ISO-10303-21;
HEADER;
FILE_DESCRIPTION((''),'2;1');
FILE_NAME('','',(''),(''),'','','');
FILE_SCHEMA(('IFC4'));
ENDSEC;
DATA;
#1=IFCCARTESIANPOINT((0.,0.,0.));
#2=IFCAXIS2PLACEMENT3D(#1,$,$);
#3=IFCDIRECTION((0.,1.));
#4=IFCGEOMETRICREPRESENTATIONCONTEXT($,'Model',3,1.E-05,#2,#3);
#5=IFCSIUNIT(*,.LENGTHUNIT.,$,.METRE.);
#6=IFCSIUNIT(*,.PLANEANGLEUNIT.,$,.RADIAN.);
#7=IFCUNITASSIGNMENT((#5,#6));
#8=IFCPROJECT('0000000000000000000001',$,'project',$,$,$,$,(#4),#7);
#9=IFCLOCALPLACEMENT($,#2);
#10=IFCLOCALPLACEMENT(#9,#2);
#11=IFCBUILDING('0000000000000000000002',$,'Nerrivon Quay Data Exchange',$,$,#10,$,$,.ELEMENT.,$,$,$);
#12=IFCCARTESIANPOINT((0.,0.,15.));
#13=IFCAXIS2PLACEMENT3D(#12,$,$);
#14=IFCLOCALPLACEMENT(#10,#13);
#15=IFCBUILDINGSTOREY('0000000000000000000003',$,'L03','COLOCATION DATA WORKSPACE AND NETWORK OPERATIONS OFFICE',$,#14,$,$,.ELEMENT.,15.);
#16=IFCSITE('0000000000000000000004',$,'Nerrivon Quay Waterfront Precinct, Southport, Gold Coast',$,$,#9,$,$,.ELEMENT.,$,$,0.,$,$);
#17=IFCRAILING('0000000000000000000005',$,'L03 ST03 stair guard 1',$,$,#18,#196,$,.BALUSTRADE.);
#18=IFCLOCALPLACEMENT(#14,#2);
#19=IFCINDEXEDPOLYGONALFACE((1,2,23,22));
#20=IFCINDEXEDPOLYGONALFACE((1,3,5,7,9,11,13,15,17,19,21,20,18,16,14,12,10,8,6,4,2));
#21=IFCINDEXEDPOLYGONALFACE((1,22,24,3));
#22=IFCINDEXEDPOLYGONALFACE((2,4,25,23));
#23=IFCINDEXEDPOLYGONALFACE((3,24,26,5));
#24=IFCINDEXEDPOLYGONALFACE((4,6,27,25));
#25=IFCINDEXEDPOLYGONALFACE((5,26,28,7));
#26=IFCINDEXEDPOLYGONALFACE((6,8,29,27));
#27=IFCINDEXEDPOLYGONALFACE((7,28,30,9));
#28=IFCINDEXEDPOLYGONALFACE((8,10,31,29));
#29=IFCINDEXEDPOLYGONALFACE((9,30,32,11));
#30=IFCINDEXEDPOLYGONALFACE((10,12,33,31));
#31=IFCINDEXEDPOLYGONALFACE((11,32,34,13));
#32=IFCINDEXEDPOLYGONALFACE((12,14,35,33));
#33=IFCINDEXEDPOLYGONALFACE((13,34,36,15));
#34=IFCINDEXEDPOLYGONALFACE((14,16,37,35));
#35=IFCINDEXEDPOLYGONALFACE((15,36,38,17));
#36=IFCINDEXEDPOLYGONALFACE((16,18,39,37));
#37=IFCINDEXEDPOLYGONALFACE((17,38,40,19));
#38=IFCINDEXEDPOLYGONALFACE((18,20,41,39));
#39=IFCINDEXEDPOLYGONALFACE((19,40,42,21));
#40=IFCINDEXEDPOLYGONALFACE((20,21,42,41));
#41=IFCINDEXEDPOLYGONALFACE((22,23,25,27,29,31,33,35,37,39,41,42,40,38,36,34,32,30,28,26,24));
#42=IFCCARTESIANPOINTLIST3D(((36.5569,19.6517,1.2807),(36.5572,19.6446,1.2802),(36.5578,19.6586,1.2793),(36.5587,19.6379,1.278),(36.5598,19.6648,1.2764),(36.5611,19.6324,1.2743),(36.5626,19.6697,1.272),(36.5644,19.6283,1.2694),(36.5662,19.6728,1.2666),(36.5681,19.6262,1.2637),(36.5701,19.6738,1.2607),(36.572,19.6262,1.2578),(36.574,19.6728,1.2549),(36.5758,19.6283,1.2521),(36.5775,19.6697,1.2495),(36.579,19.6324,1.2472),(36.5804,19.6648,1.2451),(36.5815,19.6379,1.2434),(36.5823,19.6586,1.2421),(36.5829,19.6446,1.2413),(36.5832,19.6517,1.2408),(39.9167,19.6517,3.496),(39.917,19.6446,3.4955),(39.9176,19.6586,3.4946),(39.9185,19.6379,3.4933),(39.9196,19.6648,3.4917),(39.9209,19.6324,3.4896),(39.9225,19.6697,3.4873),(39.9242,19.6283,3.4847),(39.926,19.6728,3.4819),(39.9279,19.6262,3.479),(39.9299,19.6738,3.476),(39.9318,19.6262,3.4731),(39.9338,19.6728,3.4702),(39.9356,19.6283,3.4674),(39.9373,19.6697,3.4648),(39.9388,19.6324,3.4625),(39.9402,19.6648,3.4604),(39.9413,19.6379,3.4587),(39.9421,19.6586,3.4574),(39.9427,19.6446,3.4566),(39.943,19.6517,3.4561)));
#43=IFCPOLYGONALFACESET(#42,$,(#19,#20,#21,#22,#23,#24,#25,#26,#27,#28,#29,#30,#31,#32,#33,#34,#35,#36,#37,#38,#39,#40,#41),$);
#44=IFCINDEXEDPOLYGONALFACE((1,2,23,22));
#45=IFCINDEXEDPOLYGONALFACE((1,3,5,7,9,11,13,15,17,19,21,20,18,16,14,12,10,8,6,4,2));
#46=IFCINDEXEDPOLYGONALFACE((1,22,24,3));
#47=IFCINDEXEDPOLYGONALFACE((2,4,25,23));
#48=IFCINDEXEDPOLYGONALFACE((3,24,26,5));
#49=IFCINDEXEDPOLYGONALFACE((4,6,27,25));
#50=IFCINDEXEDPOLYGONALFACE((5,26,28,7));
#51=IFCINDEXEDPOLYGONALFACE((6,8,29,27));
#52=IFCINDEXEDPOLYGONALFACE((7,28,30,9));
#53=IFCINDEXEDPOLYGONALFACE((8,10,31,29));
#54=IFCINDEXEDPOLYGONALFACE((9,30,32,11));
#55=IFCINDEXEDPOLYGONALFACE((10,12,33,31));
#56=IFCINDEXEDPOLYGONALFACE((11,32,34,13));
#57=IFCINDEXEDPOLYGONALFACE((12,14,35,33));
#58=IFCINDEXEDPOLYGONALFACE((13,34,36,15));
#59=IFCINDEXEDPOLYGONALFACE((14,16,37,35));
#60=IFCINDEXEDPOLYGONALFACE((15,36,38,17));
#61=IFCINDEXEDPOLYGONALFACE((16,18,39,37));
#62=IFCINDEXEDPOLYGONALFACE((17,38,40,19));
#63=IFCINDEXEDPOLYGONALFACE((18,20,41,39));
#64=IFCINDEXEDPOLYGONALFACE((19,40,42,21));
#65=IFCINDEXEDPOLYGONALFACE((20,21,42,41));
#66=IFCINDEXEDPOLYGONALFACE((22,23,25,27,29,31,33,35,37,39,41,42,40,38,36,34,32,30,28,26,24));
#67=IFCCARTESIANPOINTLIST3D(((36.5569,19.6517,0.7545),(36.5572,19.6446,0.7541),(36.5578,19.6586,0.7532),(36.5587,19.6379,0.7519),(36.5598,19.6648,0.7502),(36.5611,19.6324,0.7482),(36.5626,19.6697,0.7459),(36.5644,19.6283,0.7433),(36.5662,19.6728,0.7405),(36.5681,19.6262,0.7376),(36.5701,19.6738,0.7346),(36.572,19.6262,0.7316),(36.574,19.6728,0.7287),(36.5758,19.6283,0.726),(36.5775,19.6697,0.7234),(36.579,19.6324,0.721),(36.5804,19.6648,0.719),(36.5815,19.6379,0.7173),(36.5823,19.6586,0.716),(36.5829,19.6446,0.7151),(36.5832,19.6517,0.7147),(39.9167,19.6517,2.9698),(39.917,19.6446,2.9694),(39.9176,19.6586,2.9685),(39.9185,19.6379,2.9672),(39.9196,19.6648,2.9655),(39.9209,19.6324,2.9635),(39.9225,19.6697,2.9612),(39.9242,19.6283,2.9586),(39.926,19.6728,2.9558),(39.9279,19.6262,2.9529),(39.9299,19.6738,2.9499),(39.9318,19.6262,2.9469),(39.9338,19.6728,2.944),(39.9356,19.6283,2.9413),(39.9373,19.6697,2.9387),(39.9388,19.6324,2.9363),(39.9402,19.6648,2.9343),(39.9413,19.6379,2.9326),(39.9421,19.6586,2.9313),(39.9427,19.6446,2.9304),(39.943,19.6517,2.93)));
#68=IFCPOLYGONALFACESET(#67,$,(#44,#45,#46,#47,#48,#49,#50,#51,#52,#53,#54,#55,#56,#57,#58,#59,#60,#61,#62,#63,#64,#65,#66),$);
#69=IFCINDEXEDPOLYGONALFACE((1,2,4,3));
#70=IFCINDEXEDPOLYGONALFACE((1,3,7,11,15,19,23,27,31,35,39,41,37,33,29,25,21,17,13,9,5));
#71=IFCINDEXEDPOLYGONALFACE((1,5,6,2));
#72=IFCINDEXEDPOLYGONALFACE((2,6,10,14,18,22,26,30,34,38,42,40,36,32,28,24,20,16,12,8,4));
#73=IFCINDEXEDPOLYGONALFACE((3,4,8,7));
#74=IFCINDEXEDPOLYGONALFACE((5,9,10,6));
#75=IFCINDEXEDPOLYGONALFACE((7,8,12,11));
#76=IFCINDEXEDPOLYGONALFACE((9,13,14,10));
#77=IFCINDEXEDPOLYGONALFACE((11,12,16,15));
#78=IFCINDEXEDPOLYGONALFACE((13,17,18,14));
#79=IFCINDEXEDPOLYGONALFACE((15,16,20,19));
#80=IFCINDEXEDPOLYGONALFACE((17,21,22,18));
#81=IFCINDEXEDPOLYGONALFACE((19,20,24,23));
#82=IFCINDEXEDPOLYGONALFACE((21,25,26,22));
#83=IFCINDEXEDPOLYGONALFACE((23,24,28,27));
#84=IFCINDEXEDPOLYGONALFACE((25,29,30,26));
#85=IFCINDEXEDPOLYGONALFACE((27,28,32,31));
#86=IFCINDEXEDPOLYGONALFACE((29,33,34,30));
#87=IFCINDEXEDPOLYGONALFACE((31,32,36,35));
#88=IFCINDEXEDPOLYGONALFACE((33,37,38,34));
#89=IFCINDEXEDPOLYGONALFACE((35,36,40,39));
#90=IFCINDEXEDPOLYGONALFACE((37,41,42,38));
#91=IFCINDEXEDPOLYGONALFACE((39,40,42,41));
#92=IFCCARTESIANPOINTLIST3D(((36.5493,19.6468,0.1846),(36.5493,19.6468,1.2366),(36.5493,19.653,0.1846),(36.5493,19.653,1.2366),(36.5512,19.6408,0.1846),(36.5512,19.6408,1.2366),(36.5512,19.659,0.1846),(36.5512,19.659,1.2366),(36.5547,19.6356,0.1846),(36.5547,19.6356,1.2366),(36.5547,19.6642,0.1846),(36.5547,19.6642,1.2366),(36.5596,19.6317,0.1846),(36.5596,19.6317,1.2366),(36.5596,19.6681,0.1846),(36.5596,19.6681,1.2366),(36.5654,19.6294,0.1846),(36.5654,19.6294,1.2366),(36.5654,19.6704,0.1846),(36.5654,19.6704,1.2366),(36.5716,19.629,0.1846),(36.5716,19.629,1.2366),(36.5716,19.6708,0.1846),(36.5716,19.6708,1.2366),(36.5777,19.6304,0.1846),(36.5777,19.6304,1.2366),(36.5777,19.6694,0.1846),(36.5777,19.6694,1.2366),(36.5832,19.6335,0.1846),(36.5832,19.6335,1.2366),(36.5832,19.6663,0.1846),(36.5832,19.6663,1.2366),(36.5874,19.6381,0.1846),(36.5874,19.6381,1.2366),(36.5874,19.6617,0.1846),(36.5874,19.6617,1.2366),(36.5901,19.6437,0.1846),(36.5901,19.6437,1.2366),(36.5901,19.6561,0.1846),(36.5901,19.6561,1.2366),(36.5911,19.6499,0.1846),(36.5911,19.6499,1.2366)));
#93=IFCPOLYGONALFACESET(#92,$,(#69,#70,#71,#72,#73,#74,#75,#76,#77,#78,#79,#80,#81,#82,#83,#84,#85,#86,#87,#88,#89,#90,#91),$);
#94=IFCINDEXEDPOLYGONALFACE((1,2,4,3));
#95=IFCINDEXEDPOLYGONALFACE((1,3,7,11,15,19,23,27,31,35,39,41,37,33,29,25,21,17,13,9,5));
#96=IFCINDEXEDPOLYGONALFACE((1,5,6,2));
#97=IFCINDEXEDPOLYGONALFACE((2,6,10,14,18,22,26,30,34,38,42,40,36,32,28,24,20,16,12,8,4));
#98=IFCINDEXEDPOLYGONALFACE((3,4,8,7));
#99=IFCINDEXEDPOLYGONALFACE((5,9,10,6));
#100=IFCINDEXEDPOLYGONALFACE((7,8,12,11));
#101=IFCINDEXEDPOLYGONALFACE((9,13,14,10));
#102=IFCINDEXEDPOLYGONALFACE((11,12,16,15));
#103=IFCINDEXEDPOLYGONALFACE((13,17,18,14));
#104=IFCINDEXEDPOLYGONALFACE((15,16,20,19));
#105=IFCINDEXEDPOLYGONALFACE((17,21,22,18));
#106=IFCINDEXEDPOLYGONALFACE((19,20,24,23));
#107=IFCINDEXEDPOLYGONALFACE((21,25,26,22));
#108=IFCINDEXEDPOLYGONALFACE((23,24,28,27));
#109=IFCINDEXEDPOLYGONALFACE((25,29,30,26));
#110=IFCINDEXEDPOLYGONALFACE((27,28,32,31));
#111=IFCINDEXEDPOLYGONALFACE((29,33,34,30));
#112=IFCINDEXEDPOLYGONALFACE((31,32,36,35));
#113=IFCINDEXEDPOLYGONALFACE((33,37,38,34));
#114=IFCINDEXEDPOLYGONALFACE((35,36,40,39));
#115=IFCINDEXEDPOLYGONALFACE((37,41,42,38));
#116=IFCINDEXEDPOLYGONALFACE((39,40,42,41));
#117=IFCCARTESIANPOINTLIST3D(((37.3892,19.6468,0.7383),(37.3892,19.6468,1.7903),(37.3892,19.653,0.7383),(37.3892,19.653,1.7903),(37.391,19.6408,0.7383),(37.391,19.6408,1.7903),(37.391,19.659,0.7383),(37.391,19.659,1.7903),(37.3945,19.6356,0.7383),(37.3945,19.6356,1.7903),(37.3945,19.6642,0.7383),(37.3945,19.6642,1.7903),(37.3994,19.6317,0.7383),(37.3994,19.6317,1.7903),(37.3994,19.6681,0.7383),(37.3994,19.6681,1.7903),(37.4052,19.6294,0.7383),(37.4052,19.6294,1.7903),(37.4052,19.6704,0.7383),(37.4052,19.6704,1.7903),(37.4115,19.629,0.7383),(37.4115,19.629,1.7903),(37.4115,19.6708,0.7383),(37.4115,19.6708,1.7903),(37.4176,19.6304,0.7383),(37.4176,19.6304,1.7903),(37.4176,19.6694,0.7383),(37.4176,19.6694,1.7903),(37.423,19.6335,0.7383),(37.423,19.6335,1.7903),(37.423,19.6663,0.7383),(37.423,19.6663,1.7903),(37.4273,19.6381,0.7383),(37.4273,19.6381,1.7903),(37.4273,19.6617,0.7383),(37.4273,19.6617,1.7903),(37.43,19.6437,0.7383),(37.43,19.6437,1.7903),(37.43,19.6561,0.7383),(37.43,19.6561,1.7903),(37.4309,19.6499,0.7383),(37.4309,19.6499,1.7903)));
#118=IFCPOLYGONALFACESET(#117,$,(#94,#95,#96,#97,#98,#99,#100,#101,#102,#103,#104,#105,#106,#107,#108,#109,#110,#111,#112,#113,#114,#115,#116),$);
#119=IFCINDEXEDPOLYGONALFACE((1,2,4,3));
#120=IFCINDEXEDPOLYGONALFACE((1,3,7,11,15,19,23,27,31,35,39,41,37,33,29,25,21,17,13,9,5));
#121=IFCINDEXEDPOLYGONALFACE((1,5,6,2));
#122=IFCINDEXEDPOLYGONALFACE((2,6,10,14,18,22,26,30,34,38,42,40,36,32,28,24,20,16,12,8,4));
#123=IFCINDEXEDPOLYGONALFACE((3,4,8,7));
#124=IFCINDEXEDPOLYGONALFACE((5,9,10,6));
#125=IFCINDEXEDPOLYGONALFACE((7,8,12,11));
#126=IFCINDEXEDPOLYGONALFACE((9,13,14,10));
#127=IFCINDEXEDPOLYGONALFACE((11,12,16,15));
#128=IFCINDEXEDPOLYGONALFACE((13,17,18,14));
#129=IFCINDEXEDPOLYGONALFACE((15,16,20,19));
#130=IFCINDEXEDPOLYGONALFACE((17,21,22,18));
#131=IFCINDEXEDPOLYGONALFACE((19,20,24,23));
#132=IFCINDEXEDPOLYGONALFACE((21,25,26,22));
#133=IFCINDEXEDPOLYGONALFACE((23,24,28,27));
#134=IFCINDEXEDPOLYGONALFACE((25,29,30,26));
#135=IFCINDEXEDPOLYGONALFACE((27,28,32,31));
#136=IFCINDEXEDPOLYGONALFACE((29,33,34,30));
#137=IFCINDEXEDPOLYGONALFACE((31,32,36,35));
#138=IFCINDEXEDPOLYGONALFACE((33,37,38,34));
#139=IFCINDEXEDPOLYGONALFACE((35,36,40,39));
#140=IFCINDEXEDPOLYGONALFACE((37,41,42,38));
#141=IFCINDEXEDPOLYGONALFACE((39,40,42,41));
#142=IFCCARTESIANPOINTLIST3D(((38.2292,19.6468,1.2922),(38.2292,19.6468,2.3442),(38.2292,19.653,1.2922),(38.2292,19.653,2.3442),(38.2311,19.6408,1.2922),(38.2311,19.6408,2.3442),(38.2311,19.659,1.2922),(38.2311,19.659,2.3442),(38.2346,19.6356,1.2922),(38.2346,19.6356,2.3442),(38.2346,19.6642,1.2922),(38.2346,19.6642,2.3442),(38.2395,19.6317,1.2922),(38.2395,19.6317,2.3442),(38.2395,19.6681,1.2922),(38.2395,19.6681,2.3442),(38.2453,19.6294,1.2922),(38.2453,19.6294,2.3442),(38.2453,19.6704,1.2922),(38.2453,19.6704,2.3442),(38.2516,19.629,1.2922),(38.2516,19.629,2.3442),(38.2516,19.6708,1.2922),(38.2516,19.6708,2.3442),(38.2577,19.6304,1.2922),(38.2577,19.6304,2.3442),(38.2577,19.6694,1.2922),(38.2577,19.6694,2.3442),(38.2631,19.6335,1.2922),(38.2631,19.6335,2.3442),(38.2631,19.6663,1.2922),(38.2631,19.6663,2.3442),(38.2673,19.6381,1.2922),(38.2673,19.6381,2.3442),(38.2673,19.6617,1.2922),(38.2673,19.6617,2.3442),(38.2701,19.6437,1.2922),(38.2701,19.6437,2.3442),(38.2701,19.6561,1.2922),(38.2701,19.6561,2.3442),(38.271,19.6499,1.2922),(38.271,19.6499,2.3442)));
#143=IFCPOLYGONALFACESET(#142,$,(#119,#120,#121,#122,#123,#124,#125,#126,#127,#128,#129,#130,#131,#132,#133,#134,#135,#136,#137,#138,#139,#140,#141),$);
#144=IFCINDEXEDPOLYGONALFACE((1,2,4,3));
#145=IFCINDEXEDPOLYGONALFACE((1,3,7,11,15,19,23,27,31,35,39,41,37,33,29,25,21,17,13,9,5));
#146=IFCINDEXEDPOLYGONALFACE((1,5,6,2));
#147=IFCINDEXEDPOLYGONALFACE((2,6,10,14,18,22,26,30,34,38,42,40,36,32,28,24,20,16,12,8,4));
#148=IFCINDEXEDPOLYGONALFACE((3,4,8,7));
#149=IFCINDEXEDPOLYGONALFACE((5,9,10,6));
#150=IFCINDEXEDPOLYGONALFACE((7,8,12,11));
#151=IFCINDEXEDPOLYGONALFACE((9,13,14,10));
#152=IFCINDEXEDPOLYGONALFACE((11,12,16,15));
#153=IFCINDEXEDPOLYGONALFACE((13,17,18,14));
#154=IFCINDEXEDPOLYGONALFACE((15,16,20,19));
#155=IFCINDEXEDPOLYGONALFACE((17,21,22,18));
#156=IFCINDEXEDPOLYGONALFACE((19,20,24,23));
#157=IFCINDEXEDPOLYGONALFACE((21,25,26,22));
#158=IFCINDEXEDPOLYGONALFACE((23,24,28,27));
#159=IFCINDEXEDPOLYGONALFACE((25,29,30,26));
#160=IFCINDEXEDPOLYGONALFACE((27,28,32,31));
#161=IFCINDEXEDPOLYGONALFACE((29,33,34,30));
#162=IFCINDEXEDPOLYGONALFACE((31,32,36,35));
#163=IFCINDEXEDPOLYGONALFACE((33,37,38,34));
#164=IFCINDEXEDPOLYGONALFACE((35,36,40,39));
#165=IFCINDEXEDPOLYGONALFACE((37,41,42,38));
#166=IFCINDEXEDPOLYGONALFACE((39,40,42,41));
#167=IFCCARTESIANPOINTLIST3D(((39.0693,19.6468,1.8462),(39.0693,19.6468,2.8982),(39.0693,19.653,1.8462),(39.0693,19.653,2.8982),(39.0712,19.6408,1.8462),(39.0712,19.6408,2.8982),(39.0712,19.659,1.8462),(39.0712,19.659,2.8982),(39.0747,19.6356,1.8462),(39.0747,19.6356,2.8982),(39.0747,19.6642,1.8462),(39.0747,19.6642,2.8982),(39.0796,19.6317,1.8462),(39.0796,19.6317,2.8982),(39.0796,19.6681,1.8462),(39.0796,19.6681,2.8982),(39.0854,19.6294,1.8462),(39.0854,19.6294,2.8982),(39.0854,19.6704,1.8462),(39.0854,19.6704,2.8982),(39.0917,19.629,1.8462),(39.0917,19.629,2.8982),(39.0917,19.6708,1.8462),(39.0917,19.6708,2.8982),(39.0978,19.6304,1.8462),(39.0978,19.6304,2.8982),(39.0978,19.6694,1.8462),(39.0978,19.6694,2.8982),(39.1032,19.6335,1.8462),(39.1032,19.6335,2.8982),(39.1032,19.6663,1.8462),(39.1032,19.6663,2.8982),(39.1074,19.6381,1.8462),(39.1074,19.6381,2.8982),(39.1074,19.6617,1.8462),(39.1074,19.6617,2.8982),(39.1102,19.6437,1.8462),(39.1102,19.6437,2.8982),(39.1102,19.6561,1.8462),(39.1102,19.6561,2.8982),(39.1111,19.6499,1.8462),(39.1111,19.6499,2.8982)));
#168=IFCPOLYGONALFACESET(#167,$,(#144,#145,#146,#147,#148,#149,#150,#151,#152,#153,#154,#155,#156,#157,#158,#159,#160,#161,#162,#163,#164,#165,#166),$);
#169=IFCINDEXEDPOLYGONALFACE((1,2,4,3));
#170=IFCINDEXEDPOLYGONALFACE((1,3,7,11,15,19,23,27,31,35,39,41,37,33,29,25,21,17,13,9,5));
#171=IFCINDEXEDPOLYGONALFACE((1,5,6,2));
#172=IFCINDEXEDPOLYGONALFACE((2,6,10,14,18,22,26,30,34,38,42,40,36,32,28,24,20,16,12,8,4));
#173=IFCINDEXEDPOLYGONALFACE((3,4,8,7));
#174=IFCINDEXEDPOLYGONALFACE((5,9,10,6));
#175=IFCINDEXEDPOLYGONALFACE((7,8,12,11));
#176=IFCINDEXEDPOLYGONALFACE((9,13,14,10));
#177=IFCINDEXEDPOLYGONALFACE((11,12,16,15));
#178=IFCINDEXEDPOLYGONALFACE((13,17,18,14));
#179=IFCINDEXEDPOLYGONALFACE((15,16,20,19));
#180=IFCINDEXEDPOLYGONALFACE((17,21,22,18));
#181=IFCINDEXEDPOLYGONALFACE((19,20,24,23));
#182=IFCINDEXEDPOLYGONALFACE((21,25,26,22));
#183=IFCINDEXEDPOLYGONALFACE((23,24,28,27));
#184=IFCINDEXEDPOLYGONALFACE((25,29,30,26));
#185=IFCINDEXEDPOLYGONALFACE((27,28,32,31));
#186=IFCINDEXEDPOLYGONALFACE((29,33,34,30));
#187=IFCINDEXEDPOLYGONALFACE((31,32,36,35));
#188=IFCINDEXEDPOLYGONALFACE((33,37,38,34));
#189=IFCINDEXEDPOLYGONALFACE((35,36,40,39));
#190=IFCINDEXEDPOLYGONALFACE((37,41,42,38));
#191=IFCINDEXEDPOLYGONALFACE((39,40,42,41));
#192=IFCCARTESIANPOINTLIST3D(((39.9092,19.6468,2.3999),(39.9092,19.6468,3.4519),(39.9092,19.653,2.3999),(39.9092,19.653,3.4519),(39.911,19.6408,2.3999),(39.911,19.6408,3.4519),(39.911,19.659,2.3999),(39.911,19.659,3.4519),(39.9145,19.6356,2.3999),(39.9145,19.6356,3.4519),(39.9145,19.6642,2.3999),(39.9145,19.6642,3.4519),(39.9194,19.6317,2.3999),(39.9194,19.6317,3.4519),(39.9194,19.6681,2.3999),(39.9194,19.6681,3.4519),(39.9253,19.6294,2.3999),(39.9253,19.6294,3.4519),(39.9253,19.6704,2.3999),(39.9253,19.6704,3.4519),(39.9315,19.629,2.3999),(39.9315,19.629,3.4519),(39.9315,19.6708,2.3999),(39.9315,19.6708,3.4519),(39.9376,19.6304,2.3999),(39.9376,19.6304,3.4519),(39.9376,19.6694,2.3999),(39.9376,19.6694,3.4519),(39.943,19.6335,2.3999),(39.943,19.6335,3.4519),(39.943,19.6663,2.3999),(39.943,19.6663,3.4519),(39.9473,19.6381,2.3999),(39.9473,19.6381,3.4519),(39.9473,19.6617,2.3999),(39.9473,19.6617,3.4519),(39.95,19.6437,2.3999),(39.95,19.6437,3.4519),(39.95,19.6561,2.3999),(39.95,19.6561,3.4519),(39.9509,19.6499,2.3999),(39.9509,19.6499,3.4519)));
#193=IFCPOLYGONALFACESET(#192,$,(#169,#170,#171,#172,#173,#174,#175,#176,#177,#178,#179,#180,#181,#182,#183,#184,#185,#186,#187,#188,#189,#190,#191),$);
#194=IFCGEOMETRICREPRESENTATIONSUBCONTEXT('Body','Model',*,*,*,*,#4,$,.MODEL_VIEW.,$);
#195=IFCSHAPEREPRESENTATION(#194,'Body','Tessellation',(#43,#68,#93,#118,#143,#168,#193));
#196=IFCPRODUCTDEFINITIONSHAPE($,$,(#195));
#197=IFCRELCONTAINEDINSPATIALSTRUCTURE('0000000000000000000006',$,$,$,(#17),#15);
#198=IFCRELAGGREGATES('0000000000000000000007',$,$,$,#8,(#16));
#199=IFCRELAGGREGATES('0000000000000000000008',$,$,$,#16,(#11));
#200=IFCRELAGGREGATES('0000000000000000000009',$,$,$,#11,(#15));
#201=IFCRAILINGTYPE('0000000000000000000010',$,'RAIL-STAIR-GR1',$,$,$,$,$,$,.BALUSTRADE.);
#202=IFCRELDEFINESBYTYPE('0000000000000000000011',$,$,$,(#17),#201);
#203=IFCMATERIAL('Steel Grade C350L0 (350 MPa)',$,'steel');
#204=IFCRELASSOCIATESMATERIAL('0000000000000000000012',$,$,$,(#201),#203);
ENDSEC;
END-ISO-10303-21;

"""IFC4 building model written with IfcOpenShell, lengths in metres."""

from ifc_helpers import new_model, si_unit, direction, frame, origin, origin_2d, place, context, subcontext, project, spatial, circle, extrude, material, type_object, element, save


model = new_model("IFC4")

# Units and contexts
model_context = context("Model", 3, precision=1e-05, world=origin(), true_north=direction((0.0, 1.0)))
body_context = subcontext(model_context, "Body", "Model", "MODEL_VIEW")
ifc_project = project(units=[si_unit("LENGTHUNIT", "METRE"), si_unit("PLANEANGLEUNIT", "RADIAN")], contexts=[model_context])

# Site, building, storey
site_placement = place(None, origin())
site = spatial("IfcSite", under=ifc_project, at=site_placement, Name="Nerrivon Quay Waterfront Precinct, Southport, Gold Coast", CompositionType="ELEMENT", RefElevation=0.0)
building_placement = place(site_placement, origin())
building = spatial("IfcBuilding", under=site, at=building_placement, Name="Nerrivon Quay Data Exchange", CompositionType="ELEMENT")
storey_placement = place(building_placement, frame((0.0, 0.0, 15.0)))
storey = spatial("IfcBuildingStorey", under=building, at=storey_placement, Name="L03", Description="COLOCATION DATA WORKSPACE AND NETWORK OPERATIONS OFFICE", CompositionType="ELEMENT", Elevation=15.0)

# Railing
ifc_material_1 = material(Name="Steel Grade C350L0 (350 MPa)", Category="steel")
railing_type_1 = type_object("IfcRailingType", Name="RAIL-STAIR-GR1", PredefinedType="BALUSTRADE", material=ifc_material_1)
railing_1_placement = place(storey_placement, frame((36.5701, 19.6499, 0.1846)))
element("IfcRailing", 1, at=railing_1_placement, inside=storey, type_object=railing_type_1, Name="L03 ST03 stair guard 1", PredefinedType="BALUSTRADE", context=body_context, shape_type="SweptSolid", body=[
    extrude(circle(Radius=0.0239, at=origin_2d()), frame((0.0, 0.0, 1.0762), z_axis=(0.834858, 0.0, 0.550465), x_axis=(0.0, 1.0, 0.0)), (0.0, 0.0, 1.0), 4.0244),
    extrude(circle(Radius=0.0239, at=origin_2d()), frame((0.0, 0.0, 0.55), z_axis=(0.834858, 0.0, 0.550465), x_axis=(0.0, 1.0, 0.0)), (0.0, 0.0, 1.0), 4.0244),
    extrude(circle(Radius=0.021, at=origin_2d()), origin(), (0.0, 0.0, 1.0), 1.052),
    extrude(circle(Radius=0.021, at=origin_2d()), frame((0.8398, 0.0, 0.5537)), (0.0, 0.0, 1.0), 1.052),
    extrude(circle(Radius=0.021, at=origin_2d()), frame((1.6799, 0.0, 1.1077)), (0.0, 0.0, 1.0), 1.052),
    extrude(circle(Radius=0.021, at=origin_2d()), frame((2.52, 0.0, 1.6616)), (0.0, 0.0, 1.0), 1.052),
    extrude(circle(Radius=0.021, at=origin_2d()), frame((3.3599, 0.0, 2.2153)), (0.0, 0.0, 1.0), 1.052),
])

save(model, "model.ifc")
